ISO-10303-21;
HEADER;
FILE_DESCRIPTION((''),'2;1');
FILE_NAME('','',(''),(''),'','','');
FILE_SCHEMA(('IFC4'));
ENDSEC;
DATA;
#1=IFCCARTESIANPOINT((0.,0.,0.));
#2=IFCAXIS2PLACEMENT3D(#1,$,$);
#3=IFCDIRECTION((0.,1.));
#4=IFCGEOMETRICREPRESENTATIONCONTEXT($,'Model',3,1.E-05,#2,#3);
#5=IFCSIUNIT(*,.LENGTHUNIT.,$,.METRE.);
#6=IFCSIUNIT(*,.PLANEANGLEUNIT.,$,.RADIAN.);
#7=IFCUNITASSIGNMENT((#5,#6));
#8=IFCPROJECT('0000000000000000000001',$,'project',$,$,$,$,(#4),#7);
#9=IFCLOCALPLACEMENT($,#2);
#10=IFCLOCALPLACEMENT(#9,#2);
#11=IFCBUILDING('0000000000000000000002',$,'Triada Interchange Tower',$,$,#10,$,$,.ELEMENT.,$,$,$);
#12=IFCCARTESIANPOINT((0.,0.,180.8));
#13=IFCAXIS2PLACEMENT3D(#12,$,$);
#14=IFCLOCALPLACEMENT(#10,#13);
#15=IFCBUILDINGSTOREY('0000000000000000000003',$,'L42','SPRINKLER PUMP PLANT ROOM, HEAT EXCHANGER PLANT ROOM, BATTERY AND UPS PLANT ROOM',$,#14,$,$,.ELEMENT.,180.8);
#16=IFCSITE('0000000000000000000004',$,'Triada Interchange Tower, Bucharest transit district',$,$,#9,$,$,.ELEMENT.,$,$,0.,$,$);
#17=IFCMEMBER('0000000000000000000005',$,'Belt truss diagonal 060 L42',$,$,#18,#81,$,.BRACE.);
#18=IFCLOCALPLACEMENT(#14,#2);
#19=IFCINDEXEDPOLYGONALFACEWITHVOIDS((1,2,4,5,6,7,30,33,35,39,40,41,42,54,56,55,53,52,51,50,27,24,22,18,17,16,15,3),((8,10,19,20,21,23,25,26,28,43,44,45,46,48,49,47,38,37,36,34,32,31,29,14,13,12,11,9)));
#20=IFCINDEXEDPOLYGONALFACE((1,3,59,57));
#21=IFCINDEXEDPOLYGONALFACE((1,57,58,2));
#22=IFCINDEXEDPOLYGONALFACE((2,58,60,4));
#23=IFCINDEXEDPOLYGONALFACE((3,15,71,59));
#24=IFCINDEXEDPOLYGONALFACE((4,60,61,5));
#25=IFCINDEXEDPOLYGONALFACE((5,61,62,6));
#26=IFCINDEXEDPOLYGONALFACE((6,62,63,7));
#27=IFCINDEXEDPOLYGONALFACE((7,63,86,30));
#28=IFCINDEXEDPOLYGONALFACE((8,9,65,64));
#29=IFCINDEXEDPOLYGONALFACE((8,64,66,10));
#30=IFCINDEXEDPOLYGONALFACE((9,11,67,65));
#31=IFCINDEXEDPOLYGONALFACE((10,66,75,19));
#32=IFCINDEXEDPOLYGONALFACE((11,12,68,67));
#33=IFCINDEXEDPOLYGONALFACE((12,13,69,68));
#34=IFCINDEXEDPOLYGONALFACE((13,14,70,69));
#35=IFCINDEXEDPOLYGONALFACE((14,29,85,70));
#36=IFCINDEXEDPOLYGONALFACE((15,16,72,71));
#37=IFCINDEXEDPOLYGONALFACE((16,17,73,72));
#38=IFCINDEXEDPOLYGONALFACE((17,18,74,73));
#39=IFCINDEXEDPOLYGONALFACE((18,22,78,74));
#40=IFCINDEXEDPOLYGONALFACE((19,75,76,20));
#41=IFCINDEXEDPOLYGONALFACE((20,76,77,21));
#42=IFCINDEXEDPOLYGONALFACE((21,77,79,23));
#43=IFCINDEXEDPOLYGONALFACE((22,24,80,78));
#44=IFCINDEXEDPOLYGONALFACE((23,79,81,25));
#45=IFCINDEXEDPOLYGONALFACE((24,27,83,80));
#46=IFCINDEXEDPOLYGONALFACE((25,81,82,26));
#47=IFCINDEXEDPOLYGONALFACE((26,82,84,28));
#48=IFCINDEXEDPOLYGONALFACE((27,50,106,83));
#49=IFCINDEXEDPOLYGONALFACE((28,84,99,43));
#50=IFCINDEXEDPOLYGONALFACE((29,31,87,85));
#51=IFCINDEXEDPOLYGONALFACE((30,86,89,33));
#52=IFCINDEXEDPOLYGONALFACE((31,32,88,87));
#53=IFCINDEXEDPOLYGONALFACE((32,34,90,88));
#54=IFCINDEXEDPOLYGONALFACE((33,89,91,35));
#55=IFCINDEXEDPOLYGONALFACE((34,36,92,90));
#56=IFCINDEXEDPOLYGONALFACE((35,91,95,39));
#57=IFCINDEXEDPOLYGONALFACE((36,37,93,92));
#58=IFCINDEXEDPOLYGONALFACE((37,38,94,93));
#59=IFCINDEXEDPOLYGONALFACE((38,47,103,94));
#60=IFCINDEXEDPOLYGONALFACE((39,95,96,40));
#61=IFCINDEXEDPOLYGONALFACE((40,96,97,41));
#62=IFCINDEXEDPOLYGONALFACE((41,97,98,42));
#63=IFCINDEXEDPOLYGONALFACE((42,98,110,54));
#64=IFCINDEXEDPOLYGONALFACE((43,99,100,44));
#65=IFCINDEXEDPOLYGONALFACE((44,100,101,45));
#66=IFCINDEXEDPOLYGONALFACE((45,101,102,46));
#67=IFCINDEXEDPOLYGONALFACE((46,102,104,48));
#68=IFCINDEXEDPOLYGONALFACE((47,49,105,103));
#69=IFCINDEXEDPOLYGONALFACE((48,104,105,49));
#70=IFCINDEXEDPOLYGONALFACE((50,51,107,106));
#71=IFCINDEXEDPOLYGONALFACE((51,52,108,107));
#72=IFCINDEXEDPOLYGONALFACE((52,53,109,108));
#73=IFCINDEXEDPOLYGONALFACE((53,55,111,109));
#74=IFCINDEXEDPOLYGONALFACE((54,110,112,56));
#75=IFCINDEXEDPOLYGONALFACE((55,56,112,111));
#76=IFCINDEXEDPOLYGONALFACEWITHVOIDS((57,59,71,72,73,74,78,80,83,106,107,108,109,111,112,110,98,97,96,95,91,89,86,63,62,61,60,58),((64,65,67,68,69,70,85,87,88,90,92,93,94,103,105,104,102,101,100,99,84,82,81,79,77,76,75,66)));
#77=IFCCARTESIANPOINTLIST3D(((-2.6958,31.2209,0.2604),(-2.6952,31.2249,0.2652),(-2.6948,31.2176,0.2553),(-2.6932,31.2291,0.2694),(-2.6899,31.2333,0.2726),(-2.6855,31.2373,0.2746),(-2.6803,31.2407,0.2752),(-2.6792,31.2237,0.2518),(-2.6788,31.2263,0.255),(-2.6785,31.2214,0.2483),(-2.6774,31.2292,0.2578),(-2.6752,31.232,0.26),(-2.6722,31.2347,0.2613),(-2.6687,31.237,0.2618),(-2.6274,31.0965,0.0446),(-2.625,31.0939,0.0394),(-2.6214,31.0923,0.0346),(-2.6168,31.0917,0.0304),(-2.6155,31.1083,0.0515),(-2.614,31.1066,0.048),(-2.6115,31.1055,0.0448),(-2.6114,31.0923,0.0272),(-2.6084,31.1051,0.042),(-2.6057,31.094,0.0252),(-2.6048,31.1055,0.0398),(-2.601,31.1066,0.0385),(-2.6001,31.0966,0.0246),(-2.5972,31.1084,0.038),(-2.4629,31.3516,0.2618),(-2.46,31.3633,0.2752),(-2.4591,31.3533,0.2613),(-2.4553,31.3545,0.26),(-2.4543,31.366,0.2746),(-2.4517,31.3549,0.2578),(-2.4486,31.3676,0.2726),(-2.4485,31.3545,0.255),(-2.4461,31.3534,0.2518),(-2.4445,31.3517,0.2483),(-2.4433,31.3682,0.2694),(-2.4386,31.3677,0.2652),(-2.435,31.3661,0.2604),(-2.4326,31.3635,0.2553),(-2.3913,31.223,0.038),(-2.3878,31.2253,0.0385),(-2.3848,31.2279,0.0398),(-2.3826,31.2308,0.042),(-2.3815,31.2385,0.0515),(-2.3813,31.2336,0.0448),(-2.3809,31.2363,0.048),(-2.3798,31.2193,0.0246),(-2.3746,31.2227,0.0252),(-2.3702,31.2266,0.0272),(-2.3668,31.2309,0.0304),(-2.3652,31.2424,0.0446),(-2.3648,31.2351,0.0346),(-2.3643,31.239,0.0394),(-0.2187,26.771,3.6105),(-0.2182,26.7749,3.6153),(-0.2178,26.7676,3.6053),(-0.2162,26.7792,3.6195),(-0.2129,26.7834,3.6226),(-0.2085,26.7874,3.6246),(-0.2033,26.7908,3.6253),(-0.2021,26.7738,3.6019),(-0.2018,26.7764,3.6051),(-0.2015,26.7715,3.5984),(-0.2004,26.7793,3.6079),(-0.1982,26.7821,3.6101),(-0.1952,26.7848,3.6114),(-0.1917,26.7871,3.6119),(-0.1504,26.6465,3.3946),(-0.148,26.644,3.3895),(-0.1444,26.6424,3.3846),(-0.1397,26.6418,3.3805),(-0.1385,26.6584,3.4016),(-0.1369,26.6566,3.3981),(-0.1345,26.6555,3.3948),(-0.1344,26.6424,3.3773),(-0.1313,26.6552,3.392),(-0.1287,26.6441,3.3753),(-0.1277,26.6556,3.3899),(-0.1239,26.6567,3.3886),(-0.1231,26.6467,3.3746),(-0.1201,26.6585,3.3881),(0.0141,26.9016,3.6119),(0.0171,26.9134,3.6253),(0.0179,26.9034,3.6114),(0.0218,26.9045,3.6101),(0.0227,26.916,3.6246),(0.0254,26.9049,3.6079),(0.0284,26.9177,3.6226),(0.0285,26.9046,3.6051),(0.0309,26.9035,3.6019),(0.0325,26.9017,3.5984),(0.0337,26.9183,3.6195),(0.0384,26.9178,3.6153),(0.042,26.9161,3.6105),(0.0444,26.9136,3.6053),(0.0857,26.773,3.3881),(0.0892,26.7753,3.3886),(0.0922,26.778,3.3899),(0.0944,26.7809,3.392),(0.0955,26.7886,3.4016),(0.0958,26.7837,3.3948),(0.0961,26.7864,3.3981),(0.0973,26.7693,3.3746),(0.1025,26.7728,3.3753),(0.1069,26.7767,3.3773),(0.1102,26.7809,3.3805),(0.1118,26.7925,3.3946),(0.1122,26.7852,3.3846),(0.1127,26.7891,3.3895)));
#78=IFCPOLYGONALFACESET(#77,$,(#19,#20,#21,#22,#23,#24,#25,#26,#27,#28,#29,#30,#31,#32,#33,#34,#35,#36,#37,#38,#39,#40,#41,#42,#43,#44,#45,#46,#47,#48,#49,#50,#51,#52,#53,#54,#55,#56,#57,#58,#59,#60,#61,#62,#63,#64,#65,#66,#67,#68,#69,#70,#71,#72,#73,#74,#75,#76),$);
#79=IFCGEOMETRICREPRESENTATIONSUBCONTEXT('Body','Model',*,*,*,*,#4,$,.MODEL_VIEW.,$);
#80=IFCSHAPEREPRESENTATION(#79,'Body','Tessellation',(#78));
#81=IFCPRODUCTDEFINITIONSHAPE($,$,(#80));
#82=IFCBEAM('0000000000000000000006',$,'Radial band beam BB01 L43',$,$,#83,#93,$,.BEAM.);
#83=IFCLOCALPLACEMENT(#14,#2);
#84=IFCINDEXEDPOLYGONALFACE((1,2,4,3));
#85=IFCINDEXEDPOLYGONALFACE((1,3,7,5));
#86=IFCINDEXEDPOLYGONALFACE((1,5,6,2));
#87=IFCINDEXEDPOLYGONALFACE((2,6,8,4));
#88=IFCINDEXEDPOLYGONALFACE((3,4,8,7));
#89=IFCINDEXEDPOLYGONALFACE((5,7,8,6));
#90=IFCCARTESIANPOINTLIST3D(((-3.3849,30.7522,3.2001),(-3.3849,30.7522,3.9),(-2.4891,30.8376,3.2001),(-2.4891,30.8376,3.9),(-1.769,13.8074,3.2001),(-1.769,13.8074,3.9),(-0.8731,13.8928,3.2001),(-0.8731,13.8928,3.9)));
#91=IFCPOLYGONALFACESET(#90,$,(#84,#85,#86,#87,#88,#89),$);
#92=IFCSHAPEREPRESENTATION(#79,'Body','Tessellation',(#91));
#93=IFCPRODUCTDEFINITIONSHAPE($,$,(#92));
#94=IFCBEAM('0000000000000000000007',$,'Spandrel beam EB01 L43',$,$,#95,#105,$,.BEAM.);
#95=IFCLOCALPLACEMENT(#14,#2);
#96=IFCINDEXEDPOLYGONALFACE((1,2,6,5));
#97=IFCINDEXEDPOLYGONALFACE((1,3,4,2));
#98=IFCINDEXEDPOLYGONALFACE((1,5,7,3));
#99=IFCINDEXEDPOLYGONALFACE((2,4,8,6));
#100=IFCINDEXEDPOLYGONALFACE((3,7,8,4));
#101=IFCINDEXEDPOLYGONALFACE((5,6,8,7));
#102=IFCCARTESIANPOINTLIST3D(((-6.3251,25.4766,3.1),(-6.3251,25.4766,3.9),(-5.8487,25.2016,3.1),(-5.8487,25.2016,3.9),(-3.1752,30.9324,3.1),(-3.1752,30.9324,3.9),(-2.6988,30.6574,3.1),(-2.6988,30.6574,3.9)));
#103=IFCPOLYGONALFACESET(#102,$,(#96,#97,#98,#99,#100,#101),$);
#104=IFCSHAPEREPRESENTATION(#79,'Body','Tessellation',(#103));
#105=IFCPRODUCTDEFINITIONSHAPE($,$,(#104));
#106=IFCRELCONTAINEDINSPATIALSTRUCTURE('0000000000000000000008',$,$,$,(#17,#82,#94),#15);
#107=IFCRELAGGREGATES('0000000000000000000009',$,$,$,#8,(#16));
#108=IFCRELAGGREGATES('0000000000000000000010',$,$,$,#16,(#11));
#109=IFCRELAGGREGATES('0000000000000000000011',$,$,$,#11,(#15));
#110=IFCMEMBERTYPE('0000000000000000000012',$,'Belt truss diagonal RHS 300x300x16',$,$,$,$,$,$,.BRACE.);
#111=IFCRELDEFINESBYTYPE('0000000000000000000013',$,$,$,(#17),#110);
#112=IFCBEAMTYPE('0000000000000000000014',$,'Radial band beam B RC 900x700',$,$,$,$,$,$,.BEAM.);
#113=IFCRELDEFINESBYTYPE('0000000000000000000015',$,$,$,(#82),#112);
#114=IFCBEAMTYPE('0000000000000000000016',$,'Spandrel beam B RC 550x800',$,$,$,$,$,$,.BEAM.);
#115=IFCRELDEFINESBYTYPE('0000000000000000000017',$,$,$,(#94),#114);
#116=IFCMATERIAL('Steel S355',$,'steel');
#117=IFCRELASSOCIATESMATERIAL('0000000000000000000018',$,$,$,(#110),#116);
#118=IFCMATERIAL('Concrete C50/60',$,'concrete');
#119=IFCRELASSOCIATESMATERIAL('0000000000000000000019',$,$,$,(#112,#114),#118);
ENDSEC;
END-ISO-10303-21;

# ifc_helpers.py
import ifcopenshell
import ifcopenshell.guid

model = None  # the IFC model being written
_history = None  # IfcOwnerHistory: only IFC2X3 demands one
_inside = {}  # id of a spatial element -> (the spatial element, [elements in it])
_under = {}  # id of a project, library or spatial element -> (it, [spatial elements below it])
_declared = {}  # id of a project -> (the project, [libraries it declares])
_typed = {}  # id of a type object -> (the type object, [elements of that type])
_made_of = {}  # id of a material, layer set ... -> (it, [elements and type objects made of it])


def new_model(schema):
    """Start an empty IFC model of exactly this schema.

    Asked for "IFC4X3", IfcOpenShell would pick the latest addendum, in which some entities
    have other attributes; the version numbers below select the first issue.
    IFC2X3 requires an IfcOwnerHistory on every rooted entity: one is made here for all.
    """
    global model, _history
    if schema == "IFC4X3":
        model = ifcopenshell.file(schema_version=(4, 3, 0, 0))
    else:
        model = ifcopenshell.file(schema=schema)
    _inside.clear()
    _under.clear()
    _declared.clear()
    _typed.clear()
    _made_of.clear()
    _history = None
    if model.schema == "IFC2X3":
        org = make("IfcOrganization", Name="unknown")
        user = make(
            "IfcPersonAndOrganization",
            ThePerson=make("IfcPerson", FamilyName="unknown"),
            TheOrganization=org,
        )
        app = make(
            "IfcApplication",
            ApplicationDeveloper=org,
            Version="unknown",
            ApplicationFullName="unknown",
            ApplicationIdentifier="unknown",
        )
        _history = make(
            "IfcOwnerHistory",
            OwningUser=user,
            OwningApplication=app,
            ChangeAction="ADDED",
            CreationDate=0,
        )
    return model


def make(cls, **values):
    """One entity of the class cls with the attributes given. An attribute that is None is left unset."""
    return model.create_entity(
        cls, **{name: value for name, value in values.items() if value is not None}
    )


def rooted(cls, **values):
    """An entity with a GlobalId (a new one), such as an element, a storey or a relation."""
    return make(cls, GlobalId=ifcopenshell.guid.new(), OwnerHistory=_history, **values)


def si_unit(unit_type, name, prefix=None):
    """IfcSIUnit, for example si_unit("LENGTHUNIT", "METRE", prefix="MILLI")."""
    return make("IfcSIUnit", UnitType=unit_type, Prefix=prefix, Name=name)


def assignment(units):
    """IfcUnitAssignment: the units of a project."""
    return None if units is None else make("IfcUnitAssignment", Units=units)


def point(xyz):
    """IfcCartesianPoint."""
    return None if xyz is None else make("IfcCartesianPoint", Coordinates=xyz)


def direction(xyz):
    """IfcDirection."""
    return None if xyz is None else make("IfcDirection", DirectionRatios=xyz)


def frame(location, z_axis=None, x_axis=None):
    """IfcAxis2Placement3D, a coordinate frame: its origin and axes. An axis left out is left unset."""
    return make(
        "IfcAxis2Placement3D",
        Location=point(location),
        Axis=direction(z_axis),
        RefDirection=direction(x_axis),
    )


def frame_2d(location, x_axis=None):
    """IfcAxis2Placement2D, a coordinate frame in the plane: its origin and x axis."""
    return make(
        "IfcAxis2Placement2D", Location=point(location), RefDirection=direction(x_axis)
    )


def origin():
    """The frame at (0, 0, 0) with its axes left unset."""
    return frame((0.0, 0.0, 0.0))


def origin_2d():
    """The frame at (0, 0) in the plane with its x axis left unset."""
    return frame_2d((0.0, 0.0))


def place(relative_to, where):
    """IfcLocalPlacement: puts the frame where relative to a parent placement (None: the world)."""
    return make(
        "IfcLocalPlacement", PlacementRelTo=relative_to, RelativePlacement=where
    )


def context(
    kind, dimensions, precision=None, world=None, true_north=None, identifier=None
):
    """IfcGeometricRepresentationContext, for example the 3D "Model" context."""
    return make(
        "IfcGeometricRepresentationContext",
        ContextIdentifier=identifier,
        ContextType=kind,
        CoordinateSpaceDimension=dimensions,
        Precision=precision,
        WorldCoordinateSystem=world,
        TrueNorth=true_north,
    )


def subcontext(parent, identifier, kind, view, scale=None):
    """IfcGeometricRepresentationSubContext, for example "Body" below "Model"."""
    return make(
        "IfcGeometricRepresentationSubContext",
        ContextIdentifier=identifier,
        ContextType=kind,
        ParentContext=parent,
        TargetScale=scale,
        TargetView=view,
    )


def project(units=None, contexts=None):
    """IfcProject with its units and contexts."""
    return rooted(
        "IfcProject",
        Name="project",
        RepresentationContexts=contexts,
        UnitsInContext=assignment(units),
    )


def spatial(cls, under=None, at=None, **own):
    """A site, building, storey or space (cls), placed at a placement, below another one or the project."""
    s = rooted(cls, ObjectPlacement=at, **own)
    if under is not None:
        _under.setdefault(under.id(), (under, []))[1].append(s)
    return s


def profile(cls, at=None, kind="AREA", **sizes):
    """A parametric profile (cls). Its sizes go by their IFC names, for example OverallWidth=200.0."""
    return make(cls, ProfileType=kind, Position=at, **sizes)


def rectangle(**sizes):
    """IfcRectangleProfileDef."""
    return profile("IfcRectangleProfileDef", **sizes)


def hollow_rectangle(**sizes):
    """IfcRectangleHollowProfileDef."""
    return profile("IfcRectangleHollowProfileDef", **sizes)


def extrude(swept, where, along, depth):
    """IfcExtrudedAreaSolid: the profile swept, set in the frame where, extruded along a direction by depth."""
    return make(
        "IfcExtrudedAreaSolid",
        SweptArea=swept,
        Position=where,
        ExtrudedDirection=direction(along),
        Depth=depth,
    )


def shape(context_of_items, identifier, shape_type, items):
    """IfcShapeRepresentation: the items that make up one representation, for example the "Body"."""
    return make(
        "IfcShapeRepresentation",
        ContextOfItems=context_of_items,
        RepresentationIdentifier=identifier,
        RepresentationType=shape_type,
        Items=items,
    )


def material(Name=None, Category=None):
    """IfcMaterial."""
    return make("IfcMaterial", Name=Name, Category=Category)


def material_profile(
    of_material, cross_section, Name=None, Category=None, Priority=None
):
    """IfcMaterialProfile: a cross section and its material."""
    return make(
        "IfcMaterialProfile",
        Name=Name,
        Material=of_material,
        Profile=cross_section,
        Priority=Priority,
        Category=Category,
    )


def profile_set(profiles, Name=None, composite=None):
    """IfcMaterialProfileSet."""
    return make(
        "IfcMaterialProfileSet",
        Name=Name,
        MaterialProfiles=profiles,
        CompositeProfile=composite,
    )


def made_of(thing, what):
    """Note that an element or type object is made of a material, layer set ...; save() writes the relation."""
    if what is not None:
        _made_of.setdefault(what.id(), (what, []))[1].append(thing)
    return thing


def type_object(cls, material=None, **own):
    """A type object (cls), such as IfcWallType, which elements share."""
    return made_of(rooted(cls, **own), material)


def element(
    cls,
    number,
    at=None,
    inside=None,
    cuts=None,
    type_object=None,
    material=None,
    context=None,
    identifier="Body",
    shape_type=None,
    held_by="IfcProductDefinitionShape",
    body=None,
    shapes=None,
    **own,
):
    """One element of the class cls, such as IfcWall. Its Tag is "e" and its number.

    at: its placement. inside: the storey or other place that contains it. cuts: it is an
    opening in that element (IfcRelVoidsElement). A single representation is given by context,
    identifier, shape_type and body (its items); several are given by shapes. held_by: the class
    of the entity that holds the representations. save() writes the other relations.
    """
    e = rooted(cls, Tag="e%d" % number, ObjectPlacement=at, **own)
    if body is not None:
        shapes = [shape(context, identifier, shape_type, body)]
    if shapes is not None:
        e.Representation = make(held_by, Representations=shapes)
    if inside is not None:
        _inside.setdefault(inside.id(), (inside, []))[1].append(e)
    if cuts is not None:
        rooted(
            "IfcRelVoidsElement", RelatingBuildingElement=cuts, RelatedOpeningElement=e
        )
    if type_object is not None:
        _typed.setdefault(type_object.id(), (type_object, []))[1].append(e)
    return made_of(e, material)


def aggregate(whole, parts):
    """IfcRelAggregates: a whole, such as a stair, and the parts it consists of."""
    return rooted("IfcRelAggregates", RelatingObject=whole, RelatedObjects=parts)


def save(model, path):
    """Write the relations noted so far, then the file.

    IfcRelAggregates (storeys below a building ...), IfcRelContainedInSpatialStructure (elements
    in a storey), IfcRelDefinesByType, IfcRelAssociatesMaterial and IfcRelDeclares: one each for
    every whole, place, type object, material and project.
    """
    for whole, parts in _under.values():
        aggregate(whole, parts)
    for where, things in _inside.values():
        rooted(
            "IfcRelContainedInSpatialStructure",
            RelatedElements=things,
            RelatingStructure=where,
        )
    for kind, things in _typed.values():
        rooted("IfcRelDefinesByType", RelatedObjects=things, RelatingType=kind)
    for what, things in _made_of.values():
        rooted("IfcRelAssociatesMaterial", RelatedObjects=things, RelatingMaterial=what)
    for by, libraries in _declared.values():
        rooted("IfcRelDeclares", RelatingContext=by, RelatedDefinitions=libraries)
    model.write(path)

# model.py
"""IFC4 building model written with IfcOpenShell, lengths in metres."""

from ifc_helpers import new_model, si_unit, direction, frame, origin, origin_2d, place, context, subcontext, project, spatial, rectangle, hollow_rectangle, extrude, material, material_profile, profile_set, type_object, element, save


model = new_model("IFC4")

# Units and contexts
model_context = context("Model", 3, precision=1e-05, world=origin(), true_north=direction((0.0, 1.0)))
body_context = subcontext(model_context, "Body", "Model", "MODEL_VIEW")
ifc_project = project(units=[si_unit("LENGTHUNIT", "METRE"), si_unit("PLANEANGLEUNIT", "RADIAN")], contexts=[model_context])

# Site, building, storey
site_placement = place(None, origin())
site = spatial("IfcSite", under=ifc_project, at=site_placement, Name="Triada Interchange Tower, Bucharest transit district", CompositionType="ELEMENT", RefElevation=0.0)
building_placement = place(site_placement, origin())
building = spatial("IfcBuilding", under=site, at=building_placement, Name="Triada Interchange Tower", CompositionType="ELEMENT")
storey_placement = place(building_placement, frame((0.0, 0.0, 180.8)))
storey = spatial("IfcBuildingStorey", under=building, at=storey_placement, Name="L42", Description="SPRINKLER PUMP PLANT ROOM, HEAT EXCHANGER PLANT ROOM, BATTERY AND UPS PLANT ROOM", CompositionType="ELEMENT", Elevation=180.8)

# Member
ifc_material_1 = material(Name="Steel S355", Category="steel")
ifc_material_profile_1 = material_profile(ifc_material_1, hollow_rectangle(XDim=0.3, YDim=0.3, WallThickness=0.0161, InnerFilletRadius=0.0161, OuterFilletRadius=0.0239, at=origin_2d()), Name="RHS 300x300x16")
ifc_profile_set_1 = profile_set([ifc_material_profile_1], Name="Steel S355")
member_type = type_object("IfcMemberType", Name="Belt truss diagonal RHS 300x300x16", PredefinedType="BRACE", material=ifc_profile_set_1)
member_1_placement = place(storey_placement, frame((-2.53, 31.23, 0.1499), z_axis=(0.406342, -0.729981, 0.549558), x_axis=(0.873752, 0.486371, 0.0)))
element("IfcMember", 1, at=member_1_placement, inside=storey, type_object=member_type, Name="Belt truss diagonal 060 L42", PredefinedType="BRACE", context=body_context, shape_type="SweptSolid", body=[
    extrude(hollow_rectangle(XDim=0.3, YDim=0.3, WallThickness=0.0161, InnerFilletRadius=0.0161, OuterFilletRadius=0.0239, at=origin_2d()), origin(), (0.0, 0.0, 1.0), 6.0959),
])

# Beams
ifc_material_2 = material(Name="Concrete C50/60", Category="concrete")
ifc_material_profile_2 = material_profile(ifc_material_2, rectangle(XDim=0.8999, YDim=0.7, at=origin_2d()), Name="RC 900x700")
ifc_profile_set_2 = profile_set([ifc_material_profile_2], Name="Concrete C50/60")
beam_type_1 = type_object("IfcBeamType", Name="Radial band beam B RC 900x700", PredefinedType="BEAM", material=ifc_profile_set_2)
beam_1_placement = place(storey_placement, frame((-2.937, 30.7949, 3.55), z_axis=(0.094936, -0.995483, 0.0), x_axis=(0.995483, 0.094936, 0.0)))
element("IfcBeam", 2, at=beam_1_placement, inside=storey, type_object=beam_type_1, Name="Radial band beam BB01 L43", PredefinedType="BEAM", context=body_context, shape_type="SweptSolid", body=[
    extrude(rectangle(XDim=0.8999, YDim=0.7, at=origin_2d()), origin(), (0.0, 0.0, 1.0), 17.0217),
])
ifc_material_profile_3 = material_profile(ifc_material_2, rectangle(XDim=0.55, YDim=0.8, at=origin_2d()), Name="RC 550x800")
ifc_profile_set_3 = profile_set([ifc_material_profile_3], Name="Concrete C50/60")
beam_type_2 = type_object("IfcBeamType", Name="Spandrel beam B RC 550x800", PredefinedType="BEAM", material=ifc_profile_set_3)
beam_2_placement = place(storey_placement, frame((-2.937, 30.7949, 3.5), z_axis=(-0.499999, -0.866026, 0.0), x_axis=(0.866026, -0.499999, 0.0)))
element("IfcBeam", 3, at=beam_2_placement, inside=storey, type_object=beam_type_2, Name="Spandrel beam EB01 L43", PredefinedType="BEAM", context=body_context, shape_type="SweptSolid", body=[
    extrude(rectangle(XDim=0.55, YDim=0.8, at=origin_2d()), origin(), (0.0, 0.0, 1.0), 6.2998),
])

save(model, "model.ifc")
